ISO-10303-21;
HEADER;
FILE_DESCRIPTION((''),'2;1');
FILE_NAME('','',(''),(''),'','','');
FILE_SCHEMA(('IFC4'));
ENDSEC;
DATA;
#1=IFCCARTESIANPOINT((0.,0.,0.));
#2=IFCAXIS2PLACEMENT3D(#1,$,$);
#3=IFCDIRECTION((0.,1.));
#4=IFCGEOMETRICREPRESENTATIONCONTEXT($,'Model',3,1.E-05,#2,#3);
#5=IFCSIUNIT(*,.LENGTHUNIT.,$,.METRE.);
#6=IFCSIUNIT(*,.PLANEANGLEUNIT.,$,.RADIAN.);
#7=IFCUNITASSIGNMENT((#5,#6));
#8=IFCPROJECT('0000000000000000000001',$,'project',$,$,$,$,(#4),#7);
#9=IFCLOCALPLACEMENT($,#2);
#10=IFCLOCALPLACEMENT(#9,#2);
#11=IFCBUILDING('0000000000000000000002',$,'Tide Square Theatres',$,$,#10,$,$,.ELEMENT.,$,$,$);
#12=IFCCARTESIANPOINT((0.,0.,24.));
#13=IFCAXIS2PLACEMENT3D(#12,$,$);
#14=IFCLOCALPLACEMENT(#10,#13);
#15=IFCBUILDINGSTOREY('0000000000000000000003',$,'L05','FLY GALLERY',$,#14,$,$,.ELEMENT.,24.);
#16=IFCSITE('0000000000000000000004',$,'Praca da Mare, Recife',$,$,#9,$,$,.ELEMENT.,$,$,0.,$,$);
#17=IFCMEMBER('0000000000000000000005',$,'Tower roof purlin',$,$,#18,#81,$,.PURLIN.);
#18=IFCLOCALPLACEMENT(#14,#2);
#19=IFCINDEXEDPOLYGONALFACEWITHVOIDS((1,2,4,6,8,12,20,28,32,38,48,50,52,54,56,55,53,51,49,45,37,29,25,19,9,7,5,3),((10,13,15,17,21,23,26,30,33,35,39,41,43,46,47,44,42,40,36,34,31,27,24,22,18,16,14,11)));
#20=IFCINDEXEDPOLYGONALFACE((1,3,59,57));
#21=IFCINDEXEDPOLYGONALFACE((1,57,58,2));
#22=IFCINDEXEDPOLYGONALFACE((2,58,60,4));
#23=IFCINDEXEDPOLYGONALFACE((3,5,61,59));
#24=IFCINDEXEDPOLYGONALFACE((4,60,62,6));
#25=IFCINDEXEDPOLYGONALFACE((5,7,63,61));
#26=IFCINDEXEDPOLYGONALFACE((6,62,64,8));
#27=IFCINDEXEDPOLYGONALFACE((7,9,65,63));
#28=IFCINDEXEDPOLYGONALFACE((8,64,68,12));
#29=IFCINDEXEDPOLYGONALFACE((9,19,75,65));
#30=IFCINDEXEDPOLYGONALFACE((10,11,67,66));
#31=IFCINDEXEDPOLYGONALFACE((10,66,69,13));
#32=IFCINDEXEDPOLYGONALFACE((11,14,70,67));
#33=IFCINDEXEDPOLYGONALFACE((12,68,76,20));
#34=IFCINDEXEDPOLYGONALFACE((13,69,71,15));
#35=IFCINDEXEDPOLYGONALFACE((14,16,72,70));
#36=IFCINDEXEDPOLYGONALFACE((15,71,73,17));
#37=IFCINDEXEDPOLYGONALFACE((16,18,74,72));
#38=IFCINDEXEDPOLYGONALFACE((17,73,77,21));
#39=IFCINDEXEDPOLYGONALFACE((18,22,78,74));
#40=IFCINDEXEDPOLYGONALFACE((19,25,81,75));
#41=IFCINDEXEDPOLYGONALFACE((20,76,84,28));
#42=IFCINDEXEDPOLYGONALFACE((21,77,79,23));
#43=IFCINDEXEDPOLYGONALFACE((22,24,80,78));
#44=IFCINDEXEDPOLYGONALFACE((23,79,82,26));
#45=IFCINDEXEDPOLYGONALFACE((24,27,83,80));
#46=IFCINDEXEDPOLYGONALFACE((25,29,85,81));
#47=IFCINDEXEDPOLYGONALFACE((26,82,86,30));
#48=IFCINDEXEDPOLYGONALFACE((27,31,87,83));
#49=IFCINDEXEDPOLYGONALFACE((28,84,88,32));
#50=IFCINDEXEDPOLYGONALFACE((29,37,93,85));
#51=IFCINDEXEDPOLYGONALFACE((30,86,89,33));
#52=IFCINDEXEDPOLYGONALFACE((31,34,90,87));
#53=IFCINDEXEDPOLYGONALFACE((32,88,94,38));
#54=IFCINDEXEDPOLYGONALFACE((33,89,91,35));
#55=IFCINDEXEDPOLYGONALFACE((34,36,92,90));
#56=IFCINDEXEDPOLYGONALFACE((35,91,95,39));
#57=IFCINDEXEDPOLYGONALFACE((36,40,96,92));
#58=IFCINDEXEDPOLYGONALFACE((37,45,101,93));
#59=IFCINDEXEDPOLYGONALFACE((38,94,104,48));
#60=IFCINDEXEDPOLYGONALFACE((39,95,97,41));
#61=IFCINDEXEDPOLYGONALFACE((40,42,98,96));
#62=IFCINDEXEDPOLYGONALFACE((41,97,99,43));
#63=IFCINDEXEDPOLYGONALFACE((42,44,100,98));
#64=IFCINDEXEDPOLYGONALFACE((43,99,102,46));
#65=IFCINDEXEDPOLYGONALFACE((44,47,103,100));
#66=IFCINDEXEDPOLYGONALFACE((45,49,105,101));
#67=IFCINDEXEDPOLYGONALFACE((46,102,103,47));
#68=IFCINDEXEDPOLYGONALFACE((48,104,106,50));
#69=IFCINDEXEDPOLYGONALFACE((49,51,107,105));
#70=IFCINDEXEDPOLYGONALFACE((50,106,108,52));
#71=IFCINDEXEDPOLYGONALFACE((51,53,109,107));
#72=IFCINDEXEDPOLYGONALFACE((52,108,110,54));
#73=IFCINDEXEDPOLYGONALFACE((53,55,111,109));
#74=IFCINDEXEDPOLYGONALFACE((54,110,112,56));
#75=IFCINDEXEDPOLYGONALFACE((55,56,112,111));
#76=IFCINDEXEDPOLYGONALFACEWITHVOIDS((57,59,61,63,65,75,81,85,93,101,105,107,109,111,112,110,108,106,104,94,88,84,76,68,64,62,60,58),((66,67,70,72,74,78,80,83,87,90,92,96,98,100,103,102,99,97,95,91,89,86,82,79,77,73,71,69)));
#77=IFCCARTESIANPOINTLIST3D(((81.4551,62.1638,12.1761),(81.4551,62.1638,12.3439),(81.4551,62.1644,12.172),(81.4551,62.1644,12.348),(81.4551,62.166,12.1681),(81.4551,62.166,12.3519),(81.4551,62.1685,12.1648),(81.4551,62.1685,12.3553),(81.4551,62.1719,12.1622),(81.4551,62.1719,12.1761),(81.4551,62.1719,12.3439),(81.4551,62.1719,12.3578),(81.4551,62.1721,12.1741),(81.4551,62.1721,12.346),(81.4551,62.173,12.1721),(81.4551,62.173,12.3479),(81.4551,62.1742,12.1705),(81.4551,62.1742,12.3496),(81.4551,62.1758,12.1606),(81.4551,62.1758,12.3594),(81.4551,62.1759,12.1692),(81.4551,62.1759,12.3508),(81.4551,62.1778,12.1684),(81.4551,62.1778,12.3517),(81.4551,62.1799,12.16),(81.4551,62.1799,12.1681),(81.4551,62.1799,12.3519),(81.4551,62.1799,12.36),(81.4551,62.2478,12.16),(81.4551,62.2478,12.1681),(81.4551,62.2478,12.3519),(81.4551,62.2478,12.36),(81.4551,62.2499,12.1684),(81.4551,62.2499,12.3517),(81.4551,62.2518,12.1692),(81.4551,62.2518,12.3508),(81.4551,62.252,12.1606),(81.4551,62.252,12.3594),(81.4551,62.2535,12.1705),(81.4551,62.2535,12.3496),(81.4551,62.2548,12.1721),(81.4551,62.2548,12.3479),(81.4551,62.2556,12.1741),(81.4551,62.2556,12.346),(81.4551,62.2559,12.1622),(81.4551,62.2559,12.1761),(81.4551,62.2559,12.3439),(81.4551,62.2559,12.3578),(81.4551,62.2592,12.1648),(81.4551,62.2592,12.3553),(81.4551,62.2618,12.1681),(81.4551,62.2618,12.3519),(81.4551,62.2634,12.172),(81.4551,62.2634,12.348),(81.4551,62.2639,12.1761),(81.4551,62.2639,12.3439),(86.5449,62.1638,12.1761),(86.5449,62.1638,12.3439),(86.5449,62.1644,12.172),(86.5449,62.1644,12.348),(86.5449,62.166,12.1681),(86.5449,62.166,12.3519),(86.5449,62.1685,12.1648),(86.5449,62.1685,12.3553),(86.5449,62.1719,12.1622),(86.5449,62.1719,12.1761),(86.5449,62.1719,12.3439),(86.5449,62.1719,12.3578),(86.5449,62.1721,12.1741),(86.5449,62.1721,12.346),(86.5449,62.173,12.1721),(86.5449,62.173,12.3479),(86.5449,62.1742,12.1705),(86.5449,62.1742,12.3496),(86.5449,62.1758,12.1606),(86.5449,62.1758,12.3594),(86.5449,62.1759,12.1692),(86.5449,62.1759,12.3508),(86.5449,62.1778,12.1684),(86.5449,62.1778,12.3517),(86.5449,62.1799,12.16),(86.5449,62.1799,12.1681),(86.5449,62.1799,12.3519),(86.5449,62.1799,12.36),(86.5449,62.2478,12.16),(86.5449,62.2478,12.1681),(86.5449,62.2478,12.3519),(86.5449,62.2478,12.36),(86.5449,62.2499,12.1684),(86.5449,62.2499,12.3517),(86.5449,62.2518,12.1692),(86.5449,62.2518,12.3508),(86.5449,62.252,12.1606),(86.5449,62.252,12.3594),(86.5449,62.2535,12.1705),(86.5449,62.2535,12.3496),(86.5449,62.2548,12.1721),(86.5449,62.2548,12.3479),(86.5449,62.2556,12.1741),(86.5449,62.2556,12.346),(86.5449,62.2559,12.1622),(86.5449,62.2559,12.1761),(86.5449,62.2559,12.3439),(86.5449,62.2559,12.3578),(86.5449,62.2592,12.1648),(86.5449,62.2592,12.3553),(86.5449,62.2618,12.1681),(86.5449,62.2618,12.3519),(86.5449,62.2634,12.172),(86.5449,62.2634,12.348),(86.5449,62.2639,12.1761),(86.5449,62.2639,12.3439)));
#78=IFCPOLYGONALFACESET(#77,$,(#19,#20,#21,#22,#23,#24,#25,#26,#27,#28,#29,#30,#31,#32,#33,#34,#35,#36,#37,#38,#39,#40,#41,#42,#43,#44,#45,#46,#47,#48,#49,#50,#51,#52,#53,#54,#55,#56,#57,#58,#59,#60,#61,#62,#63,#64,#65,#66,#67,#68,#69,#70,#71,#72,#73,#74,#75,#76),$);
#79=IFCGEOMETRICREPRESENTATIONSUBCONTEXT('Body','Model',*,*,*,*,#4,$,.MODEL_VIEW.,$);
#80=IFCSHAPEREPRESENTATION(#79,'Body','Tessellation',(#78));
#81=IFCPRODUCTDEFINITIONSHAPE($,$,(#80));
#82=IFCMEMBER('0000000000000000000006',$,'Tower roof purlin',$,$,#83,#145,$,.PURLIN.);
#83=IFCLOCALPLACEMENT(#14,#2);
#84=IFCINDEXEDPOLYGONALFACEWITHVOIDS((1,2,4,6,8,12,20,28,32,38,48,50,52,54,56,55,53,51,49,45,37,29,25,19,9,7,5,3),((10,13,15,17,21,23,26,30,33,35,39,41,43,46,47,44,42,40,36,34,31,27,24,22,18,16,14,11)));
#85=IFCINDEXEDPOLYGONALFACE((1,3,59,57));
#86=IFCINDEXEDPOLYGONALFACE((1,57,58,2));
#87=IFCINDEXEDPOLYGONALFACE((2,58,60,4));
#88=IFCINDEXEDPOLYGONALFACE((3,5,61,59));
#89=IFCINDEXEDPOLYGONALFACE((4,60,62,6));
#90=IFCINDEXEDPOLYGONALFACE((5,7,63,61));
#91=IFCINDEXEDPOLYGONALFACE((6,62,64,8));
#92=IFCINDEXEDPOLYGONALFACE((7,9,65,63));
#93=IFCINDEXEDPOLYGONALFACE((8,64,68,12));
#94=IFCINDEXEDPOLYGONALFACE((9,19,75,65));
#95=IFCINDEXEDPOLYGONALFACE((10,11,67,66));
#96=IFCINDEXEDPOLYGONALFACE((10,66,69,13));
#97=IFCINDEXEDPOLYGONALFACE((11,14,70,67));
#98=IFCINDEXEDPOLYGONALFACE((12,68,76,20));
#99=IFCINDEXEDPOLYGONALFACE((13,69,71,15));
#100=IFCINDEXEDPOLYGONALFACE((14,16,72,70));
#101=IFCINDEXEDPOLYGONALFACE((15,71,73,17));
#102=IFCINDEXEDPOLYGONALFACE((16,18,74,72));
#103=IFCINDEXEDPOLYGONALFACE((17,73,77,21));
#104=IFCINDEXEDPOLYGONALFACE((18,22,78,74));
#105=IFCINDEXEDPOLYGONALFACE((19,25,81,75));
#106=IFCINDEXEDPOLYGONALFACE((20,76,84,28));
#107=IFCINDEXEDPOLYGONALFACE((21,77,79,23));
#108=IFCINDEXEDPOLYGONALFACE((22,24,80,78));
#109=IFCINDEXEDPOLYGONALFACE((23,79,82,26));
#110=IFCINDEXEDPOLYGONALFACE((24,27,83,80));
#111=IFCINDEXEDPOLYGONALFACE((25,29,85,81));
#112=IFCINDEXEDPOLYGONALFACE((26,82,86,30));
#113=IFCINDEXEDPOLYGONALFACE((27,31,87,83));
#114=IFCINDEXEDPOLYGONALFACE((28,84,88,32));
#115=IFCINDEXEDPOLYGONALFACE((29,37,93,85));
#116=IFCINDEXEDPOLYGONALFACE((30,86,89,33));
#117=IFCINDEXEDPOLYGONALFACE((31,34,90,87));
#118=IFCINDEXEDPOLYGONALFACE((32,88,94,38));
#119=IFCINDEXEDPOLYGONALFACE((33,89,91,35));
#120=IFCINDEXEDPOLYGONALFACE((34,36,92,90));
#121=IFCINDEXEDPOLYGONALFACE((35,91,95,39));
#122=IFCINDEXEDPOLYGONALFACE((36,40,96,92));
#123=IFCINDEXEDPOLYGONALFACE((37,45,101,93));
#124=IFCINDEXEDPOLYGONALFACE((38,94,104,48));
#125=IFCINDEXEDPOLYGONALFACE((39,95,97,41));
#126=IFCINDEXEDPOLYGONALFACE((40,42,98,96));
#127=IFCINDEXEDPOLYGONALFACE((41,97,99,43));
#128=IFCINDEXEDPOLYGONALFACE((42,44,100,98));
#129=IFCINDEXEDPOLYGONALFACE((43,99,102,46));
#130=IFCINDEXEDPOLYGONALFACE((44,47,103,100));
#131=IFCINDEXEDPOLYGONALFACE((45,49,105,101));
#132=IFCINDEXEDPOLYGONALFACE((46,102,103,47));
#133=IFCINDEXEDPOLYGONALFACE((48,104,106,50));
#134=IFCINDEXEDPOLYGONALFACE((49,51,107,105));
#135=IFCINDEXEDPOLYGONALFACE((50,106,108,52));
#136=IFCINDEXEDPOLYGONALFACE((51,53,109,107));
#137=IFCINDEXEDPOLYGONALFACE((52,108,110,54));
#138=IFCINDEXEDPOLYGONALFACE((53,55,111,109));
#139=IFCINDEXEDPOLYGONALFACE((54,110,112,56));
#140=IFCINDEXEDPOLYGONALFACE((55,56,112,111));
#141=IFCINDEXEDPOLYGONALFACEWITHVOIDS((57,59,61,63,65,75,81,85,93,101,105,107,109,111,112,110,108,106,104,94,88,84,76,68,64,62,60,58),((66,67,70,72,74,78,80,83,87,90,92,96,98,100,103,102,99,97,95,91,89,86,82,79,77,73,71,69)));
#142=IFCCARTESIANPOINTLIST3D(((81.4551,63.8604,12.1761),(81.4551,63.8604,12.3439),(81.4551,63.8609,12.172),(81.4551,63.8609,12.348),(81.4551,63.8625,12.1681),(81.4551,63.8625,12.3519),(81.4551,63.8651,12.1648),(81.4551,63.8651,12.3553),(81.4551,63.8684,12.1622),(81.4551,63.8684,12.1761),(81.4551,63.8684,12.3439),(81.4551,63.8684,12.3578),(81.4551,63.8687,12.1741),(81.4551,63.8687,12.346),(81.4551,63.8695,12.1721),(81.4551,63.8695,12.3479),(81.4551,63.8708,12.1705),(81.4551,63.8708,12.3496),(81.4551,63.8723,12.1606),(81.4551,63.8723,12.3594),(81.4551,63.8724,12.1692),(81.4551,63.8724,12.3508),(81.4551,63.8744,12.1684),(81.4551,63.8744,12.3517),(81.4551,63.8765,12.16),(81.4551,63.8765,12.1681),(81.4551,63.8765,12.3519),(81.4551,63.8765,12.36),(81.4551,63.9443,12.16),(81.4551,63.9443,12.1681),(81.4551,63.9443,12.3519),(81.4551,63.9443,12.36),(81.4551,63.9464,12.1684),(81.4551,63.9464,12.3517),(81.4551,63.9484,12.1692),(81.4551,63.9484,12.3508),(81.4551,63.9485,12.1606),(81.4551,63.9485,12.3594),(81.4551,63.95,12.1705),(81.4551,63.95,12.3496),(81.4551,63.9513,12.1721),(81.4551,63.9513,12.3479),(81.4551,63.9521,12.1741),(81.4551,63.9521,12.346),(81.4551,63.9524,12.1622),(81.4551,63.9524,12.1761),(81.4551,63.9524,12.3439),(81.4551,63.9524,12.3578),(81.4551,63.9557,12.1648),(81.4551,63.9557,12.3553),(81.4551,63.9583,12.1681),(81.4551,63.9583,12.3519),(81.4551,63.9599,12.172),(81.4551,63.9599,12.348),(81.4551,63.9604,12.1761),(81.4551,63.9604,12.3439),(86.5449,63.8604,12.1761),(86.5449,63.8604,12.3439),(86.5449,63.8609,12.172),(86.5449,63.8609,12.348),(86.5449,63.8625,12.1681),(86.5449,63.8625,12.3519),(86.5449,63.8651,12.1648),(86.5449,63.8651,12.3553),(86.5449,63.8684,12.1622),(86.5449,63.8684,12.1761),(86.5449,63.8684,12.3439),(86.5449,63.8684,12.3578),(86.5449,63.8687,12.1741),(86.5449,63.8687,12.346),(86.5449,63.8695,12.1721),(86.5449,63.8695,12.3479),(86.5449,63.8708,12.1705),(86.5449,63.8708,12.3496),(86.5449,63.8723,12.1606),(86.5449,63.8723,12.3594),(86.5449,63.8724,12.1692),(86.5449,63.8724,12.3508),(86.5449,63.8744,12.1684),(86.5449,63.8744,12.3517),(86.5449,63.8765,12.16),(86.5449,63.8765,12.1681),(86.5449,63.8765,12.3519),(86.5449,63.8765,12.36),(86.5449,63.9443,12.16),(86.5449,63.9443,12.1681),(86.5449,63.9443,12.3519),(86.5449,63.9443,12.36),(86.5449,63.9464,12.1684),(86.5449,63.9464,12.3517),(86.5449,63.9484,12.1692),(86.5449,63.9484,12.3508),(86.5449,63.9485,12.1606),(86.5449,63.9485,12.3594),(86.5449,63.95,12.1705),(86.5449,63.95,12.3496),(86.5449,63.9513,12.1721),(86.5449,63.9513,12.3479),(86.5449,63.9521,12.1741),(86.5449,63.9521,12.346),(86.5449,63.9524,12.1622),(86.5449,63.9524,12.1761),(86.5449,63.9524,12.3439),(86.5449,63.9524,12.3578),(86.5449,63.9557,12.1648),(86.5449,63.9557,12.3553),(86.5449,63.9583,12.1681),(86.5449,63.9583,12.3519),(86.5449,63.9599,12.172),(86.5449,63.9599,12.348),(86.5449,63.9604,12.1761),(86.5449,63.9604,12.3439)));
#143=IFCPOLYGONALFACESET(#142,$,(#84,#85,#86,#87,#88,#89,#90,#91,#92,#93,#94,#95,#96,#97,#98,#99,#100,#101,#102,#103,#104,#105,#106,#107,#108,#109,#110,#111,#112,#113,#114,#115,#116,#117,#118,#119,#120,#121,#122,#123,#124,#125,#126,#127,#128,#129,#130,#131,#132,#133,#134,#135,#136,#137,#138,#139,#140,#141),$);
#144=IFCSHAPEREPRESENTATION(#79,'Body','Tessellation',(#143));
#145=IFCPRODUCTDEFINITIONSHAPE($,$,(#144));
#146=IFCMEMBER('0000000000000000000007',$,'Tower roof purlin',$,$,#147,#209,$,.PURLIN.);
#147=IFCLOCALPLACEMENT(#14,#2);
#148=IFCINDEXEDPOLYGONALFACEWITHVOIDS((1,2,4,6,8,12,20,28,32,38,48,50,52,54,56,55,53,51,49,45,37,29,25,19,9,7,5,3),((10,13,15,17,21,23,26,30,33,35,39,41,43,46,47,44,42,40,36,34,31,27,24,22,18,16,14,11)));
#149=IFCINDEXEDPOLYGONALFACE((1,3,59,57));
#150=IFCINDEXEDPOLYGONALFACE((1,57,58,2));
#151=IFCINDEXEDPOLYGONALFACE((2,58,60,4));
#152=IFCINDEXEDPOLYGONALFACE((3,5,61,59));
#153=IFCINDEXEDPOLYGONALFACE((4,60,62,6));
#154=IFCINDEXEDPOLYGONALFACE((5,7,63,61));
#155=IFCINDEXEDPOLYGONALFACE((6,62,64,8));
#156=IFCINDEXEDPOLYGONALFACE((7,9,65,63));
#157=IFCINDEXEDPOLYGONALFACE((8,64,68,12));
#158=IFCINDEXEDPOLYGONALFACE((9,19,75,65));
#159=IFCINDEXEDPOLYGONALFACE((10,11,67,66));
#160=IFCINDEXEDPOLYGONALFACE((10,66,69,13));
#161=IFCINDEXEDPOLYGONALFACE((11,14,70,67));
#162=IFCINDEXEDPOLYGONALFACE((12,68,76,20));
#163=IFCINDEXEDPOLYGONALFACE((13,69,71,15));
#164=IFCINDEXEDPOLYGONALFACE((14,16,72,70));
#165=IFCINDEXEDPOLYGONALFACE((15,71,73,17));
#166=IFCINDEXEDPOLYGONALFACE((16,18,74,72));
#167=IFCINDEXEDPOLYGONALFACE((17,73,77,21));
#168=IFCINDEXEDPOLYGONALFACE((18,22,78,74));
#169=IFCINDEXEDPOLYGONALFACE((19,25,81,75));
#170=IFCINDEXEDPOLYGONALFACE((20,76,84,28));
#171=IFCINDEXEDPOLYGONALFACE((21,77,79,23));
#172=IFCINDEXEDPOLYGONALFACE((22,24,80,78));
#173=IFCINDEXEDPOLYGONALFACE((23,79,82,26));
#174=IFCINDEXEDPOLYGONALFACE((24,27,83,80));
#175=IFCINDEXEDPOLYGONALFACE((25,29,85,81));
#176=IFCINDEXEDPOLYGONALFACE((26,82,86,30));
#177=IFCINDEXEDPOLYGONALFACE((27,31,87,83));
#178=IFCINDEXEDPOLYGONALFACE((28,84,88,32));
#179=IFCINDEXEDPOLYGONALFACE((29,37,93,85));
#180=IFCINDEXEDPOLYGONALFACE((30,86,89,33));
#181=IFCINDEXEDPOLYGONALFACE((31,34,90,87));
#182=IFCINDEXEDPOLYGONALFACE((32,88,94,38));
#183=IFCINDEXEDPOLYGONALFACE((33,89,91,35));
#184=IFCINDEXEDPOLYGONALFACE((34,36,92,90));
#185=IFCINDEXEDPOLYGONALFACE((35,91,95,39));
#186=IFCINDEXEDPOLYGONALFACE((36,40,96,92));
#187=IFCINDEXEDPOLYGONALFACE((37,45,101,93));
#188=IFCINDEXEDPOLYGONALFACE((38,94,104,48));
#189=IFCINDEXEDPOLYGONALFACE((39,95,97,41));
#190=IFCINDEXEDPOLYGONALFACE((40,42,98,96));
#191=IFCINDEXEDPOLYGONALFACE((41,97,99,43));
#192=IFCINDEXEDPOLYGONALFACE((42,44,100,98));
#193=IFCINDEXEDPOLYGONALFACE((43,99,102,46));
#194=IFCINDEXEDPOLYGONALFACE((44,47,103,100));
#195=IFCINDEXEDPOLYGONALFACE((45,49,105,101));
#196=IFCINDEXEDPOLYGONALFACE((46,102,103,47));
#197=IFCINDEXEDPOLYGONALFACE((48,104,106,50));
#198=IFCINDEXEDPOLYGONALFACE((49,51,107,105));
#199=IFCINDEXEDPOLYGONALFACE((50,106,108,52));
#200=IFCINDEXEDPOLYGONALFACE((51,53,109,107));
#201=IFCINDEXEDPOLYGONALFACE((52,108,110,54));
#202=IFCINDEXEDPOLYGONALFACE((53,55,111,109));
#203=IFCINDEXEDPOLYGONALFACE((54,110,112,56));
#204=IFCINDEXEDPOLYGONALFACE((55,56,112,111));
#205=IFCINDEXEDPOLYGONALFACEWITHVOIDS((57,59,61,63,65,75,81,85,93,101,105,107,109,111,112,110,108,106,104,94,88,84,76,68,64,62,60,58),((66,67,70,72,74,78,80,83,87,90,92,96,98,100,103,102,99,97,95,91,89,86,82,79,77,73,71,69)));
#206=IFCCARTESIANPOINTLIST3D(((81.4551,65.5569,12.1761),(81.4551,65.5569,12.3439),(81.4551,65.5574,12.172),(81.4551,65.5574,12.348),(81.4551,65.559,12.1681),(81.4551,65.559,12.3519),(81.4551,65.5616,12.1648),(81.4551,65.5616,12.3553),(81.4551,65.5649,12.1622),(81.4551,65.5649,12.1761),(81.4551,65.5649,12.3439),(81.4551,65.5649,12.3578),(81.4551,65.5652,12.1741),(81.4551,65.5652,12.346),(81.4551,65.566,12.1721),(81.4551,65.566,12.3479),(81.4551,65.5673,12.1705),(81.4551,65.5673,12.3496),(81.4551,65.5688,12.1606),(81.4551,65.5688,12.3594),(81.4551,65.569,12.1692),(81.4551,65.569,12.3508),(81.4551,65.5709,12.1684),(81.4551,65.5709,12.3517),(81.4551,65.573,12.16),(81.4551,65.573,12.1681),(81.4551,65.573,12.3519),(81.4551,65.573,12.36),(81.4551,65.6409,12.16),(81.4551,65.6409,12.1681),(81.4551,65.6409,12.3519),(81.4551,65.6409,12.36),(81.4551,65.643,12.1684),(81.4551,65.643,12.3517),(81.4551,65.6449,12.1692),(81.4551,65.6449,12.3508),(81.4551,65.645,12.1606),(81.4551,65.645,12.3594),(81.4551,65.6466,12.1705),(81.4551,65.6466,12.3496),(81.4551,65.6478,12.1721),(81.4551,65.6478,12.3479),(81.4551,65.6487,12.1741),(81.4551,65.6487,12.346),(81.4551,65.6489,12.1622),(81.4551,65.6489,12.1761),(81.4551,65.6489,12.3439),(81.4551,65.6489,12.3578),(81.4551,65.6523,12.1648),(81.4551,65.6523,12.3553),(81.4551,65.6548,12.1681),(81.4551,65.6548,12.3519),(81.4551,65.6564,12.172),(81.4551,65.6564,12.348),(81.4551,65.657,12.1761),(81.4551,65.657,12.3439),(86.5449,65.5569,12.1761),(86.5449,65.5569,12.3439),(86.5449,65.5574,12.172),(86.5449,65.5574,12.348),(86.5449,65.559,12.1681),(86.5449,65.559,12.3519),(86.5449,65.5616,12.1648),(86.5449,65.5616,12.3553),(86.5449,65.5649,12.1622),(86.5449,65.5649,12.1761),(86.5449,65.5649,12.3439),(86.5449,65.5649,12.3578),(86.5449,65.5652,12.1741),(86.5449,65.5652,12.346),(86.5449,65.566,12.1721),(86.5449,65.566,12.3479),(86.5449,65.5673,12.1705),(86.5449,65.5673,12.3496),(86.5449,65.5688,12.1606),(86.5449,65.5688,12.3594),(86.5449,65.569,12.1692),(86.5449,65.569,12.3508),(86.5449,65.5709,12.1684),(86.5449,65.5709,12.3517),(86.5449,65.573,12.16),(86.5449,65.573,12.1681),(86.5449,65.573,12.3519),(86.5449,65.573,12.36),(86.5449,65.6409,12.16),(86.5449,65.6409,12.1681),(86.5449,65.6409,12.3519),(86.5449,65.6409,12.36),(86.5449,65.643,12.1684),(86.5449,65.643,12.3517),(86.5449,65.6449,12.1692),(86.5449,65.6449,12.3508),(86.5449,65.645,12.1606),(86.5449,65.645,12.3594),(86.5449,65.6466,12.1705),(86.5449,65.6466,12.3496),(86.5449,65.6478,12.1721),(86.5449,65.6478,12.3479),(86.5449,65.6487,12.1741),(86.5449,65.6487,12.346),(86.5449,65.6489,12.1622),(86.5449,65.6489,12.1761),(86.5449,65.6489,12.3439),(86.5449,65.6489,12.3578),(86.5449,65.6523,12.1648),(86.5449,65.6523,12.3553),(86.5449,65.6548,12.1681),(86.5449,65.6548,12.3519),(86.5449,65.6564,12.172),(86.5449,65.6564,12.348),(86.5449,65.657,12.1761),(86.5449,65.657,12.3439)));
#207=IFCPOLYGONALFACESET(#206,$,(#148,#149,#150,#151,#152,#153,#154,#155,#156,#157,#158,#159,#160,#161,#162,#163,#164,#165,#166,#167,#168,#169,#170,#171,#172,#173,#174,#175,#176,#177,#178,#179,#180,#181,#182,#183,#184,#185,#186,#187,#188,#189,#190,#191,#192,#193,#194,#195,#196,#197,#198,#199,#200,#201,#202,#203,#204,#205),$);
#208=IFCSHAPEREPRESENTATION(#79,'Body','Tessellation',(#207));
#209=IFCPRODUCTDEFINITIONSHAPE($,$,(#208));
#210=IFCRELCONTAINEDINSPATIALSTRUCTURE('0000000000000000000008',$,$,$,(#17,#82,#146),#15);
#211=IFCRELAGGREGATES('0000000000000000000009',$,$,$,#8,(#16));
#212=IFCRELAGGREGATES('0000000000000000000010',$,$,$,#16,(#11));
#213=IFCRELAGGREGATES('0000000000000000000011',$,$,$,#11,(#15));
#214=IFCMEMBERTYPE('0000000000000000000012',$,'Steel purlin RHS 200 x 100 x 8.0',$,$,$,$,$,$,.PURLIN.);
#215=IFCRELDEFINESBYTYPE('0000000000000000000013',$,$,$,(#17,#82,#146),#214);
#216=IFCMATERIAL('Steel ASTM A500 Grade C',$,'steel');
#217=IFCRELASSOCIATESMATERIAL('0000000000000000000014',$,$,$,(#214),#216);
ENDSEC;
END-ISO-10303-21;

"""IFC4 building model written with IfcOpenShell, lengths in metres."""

from ifc_helpers import new_model, si_unit, direction, frame, origin, origin_2d, place, context, subcontext, project, spatial, hollow_rectangle, extrude, material, material_profile, profile_set, type_object, element, save


model = new_model("IFC4")

# Units and contexts
model_context = context("Model", 3, precision=1e-05, world=origin(), true_north=direction((0.0, 1.0)))
body_context = subcontext(model_context, "Body", "Model", "MODEL_VIEW")
ifc_project = project(units=[si_unit("LENGTHUNIT", "METRE"), si_unit("PLANEANGLEUNIT", "RADIAN")], contexts=[model_context])

# Site, building, storey
site_placement = place(None, origin())
site = spatial("IfcSite", under=ifc_project, at=site_placement, Name="Praca da Mare, Recife", CompositionType="ELEMENT", RefElevation=0.0)
building_placement = place(site_placement, origin())
building = spatial("IfcBuilding", under=site, at=building_placement, Name="Tide Square Theatres", CompositionType="ELEMENT")
storey_placement = place(building_placement, frame((0.0, 0.0, 24.0)))
storey = spatial("IfcBuildingStorey", under=building, at=storey_placement, Name="L05", Description="FLY GALLERY", CompositionType="ELEMENT", Elevation=24.0)

# Members
ifc_material_1 = material(Name="Steel ASTM A500 Grade C", Category="steel")
ifc_material_profile_1 = material_profile(ifc_material_1, hollow_rectangle(XDim=0.1001, YDim=0.2, WallThickness=0.0081, InnerFilletRadius=0.0081, OuterFilletRadius=0.0161, at=origin_2d()))
ifc_profile_set_1 = profile_set([ifc_material_profile_1], Name="Steel ASTM A500 Grade C")
member_type = type_object("IfcMemberType", Name="Steel purlin RHS 200 x 100 x 8.0", PredefinedType="PURLIN", material=ifc_profile_set_1)
for number, where, z_axis, x_axis, name in (
    (1, (81.4551, 62.2139, 12.26), (1.0, 0.0, 0.0), (0.0, 1.0, 0.0), "Tower roof purlin"),
    (2, (81.4551, 63.9104, 12.26), (1.0, 0.0, 0.0), (0.0, 1.0, 0.0), "Tower roof purlin"),
    (3, (81.4551, 65.6069, 12.26), (1.0, 0.0, 0.0), (0.0, 1.0, 0.0), "Tower roof purlin"),
):
    element("IfcMember", number, at=place(storey_placement, frame(where, z_axis=z_axis, x_axis=x_axis)), inside=storey, type_object=member_type, Name=name, PredefinedType="PURLIN", context=body_context, shape_type="SweptSolid", body=[
        extrude(hollow_rectangle(XDim=0.1001, YDim=0.2, WallThickness=0.0081, InnerFilletRadius=0.0081, OuterFilletRadius=0.0161, at=origin_2d()), origin(), (0.0, 0.0, 1.0), 5.0898),
    ])

save(model, "model.ifc")
